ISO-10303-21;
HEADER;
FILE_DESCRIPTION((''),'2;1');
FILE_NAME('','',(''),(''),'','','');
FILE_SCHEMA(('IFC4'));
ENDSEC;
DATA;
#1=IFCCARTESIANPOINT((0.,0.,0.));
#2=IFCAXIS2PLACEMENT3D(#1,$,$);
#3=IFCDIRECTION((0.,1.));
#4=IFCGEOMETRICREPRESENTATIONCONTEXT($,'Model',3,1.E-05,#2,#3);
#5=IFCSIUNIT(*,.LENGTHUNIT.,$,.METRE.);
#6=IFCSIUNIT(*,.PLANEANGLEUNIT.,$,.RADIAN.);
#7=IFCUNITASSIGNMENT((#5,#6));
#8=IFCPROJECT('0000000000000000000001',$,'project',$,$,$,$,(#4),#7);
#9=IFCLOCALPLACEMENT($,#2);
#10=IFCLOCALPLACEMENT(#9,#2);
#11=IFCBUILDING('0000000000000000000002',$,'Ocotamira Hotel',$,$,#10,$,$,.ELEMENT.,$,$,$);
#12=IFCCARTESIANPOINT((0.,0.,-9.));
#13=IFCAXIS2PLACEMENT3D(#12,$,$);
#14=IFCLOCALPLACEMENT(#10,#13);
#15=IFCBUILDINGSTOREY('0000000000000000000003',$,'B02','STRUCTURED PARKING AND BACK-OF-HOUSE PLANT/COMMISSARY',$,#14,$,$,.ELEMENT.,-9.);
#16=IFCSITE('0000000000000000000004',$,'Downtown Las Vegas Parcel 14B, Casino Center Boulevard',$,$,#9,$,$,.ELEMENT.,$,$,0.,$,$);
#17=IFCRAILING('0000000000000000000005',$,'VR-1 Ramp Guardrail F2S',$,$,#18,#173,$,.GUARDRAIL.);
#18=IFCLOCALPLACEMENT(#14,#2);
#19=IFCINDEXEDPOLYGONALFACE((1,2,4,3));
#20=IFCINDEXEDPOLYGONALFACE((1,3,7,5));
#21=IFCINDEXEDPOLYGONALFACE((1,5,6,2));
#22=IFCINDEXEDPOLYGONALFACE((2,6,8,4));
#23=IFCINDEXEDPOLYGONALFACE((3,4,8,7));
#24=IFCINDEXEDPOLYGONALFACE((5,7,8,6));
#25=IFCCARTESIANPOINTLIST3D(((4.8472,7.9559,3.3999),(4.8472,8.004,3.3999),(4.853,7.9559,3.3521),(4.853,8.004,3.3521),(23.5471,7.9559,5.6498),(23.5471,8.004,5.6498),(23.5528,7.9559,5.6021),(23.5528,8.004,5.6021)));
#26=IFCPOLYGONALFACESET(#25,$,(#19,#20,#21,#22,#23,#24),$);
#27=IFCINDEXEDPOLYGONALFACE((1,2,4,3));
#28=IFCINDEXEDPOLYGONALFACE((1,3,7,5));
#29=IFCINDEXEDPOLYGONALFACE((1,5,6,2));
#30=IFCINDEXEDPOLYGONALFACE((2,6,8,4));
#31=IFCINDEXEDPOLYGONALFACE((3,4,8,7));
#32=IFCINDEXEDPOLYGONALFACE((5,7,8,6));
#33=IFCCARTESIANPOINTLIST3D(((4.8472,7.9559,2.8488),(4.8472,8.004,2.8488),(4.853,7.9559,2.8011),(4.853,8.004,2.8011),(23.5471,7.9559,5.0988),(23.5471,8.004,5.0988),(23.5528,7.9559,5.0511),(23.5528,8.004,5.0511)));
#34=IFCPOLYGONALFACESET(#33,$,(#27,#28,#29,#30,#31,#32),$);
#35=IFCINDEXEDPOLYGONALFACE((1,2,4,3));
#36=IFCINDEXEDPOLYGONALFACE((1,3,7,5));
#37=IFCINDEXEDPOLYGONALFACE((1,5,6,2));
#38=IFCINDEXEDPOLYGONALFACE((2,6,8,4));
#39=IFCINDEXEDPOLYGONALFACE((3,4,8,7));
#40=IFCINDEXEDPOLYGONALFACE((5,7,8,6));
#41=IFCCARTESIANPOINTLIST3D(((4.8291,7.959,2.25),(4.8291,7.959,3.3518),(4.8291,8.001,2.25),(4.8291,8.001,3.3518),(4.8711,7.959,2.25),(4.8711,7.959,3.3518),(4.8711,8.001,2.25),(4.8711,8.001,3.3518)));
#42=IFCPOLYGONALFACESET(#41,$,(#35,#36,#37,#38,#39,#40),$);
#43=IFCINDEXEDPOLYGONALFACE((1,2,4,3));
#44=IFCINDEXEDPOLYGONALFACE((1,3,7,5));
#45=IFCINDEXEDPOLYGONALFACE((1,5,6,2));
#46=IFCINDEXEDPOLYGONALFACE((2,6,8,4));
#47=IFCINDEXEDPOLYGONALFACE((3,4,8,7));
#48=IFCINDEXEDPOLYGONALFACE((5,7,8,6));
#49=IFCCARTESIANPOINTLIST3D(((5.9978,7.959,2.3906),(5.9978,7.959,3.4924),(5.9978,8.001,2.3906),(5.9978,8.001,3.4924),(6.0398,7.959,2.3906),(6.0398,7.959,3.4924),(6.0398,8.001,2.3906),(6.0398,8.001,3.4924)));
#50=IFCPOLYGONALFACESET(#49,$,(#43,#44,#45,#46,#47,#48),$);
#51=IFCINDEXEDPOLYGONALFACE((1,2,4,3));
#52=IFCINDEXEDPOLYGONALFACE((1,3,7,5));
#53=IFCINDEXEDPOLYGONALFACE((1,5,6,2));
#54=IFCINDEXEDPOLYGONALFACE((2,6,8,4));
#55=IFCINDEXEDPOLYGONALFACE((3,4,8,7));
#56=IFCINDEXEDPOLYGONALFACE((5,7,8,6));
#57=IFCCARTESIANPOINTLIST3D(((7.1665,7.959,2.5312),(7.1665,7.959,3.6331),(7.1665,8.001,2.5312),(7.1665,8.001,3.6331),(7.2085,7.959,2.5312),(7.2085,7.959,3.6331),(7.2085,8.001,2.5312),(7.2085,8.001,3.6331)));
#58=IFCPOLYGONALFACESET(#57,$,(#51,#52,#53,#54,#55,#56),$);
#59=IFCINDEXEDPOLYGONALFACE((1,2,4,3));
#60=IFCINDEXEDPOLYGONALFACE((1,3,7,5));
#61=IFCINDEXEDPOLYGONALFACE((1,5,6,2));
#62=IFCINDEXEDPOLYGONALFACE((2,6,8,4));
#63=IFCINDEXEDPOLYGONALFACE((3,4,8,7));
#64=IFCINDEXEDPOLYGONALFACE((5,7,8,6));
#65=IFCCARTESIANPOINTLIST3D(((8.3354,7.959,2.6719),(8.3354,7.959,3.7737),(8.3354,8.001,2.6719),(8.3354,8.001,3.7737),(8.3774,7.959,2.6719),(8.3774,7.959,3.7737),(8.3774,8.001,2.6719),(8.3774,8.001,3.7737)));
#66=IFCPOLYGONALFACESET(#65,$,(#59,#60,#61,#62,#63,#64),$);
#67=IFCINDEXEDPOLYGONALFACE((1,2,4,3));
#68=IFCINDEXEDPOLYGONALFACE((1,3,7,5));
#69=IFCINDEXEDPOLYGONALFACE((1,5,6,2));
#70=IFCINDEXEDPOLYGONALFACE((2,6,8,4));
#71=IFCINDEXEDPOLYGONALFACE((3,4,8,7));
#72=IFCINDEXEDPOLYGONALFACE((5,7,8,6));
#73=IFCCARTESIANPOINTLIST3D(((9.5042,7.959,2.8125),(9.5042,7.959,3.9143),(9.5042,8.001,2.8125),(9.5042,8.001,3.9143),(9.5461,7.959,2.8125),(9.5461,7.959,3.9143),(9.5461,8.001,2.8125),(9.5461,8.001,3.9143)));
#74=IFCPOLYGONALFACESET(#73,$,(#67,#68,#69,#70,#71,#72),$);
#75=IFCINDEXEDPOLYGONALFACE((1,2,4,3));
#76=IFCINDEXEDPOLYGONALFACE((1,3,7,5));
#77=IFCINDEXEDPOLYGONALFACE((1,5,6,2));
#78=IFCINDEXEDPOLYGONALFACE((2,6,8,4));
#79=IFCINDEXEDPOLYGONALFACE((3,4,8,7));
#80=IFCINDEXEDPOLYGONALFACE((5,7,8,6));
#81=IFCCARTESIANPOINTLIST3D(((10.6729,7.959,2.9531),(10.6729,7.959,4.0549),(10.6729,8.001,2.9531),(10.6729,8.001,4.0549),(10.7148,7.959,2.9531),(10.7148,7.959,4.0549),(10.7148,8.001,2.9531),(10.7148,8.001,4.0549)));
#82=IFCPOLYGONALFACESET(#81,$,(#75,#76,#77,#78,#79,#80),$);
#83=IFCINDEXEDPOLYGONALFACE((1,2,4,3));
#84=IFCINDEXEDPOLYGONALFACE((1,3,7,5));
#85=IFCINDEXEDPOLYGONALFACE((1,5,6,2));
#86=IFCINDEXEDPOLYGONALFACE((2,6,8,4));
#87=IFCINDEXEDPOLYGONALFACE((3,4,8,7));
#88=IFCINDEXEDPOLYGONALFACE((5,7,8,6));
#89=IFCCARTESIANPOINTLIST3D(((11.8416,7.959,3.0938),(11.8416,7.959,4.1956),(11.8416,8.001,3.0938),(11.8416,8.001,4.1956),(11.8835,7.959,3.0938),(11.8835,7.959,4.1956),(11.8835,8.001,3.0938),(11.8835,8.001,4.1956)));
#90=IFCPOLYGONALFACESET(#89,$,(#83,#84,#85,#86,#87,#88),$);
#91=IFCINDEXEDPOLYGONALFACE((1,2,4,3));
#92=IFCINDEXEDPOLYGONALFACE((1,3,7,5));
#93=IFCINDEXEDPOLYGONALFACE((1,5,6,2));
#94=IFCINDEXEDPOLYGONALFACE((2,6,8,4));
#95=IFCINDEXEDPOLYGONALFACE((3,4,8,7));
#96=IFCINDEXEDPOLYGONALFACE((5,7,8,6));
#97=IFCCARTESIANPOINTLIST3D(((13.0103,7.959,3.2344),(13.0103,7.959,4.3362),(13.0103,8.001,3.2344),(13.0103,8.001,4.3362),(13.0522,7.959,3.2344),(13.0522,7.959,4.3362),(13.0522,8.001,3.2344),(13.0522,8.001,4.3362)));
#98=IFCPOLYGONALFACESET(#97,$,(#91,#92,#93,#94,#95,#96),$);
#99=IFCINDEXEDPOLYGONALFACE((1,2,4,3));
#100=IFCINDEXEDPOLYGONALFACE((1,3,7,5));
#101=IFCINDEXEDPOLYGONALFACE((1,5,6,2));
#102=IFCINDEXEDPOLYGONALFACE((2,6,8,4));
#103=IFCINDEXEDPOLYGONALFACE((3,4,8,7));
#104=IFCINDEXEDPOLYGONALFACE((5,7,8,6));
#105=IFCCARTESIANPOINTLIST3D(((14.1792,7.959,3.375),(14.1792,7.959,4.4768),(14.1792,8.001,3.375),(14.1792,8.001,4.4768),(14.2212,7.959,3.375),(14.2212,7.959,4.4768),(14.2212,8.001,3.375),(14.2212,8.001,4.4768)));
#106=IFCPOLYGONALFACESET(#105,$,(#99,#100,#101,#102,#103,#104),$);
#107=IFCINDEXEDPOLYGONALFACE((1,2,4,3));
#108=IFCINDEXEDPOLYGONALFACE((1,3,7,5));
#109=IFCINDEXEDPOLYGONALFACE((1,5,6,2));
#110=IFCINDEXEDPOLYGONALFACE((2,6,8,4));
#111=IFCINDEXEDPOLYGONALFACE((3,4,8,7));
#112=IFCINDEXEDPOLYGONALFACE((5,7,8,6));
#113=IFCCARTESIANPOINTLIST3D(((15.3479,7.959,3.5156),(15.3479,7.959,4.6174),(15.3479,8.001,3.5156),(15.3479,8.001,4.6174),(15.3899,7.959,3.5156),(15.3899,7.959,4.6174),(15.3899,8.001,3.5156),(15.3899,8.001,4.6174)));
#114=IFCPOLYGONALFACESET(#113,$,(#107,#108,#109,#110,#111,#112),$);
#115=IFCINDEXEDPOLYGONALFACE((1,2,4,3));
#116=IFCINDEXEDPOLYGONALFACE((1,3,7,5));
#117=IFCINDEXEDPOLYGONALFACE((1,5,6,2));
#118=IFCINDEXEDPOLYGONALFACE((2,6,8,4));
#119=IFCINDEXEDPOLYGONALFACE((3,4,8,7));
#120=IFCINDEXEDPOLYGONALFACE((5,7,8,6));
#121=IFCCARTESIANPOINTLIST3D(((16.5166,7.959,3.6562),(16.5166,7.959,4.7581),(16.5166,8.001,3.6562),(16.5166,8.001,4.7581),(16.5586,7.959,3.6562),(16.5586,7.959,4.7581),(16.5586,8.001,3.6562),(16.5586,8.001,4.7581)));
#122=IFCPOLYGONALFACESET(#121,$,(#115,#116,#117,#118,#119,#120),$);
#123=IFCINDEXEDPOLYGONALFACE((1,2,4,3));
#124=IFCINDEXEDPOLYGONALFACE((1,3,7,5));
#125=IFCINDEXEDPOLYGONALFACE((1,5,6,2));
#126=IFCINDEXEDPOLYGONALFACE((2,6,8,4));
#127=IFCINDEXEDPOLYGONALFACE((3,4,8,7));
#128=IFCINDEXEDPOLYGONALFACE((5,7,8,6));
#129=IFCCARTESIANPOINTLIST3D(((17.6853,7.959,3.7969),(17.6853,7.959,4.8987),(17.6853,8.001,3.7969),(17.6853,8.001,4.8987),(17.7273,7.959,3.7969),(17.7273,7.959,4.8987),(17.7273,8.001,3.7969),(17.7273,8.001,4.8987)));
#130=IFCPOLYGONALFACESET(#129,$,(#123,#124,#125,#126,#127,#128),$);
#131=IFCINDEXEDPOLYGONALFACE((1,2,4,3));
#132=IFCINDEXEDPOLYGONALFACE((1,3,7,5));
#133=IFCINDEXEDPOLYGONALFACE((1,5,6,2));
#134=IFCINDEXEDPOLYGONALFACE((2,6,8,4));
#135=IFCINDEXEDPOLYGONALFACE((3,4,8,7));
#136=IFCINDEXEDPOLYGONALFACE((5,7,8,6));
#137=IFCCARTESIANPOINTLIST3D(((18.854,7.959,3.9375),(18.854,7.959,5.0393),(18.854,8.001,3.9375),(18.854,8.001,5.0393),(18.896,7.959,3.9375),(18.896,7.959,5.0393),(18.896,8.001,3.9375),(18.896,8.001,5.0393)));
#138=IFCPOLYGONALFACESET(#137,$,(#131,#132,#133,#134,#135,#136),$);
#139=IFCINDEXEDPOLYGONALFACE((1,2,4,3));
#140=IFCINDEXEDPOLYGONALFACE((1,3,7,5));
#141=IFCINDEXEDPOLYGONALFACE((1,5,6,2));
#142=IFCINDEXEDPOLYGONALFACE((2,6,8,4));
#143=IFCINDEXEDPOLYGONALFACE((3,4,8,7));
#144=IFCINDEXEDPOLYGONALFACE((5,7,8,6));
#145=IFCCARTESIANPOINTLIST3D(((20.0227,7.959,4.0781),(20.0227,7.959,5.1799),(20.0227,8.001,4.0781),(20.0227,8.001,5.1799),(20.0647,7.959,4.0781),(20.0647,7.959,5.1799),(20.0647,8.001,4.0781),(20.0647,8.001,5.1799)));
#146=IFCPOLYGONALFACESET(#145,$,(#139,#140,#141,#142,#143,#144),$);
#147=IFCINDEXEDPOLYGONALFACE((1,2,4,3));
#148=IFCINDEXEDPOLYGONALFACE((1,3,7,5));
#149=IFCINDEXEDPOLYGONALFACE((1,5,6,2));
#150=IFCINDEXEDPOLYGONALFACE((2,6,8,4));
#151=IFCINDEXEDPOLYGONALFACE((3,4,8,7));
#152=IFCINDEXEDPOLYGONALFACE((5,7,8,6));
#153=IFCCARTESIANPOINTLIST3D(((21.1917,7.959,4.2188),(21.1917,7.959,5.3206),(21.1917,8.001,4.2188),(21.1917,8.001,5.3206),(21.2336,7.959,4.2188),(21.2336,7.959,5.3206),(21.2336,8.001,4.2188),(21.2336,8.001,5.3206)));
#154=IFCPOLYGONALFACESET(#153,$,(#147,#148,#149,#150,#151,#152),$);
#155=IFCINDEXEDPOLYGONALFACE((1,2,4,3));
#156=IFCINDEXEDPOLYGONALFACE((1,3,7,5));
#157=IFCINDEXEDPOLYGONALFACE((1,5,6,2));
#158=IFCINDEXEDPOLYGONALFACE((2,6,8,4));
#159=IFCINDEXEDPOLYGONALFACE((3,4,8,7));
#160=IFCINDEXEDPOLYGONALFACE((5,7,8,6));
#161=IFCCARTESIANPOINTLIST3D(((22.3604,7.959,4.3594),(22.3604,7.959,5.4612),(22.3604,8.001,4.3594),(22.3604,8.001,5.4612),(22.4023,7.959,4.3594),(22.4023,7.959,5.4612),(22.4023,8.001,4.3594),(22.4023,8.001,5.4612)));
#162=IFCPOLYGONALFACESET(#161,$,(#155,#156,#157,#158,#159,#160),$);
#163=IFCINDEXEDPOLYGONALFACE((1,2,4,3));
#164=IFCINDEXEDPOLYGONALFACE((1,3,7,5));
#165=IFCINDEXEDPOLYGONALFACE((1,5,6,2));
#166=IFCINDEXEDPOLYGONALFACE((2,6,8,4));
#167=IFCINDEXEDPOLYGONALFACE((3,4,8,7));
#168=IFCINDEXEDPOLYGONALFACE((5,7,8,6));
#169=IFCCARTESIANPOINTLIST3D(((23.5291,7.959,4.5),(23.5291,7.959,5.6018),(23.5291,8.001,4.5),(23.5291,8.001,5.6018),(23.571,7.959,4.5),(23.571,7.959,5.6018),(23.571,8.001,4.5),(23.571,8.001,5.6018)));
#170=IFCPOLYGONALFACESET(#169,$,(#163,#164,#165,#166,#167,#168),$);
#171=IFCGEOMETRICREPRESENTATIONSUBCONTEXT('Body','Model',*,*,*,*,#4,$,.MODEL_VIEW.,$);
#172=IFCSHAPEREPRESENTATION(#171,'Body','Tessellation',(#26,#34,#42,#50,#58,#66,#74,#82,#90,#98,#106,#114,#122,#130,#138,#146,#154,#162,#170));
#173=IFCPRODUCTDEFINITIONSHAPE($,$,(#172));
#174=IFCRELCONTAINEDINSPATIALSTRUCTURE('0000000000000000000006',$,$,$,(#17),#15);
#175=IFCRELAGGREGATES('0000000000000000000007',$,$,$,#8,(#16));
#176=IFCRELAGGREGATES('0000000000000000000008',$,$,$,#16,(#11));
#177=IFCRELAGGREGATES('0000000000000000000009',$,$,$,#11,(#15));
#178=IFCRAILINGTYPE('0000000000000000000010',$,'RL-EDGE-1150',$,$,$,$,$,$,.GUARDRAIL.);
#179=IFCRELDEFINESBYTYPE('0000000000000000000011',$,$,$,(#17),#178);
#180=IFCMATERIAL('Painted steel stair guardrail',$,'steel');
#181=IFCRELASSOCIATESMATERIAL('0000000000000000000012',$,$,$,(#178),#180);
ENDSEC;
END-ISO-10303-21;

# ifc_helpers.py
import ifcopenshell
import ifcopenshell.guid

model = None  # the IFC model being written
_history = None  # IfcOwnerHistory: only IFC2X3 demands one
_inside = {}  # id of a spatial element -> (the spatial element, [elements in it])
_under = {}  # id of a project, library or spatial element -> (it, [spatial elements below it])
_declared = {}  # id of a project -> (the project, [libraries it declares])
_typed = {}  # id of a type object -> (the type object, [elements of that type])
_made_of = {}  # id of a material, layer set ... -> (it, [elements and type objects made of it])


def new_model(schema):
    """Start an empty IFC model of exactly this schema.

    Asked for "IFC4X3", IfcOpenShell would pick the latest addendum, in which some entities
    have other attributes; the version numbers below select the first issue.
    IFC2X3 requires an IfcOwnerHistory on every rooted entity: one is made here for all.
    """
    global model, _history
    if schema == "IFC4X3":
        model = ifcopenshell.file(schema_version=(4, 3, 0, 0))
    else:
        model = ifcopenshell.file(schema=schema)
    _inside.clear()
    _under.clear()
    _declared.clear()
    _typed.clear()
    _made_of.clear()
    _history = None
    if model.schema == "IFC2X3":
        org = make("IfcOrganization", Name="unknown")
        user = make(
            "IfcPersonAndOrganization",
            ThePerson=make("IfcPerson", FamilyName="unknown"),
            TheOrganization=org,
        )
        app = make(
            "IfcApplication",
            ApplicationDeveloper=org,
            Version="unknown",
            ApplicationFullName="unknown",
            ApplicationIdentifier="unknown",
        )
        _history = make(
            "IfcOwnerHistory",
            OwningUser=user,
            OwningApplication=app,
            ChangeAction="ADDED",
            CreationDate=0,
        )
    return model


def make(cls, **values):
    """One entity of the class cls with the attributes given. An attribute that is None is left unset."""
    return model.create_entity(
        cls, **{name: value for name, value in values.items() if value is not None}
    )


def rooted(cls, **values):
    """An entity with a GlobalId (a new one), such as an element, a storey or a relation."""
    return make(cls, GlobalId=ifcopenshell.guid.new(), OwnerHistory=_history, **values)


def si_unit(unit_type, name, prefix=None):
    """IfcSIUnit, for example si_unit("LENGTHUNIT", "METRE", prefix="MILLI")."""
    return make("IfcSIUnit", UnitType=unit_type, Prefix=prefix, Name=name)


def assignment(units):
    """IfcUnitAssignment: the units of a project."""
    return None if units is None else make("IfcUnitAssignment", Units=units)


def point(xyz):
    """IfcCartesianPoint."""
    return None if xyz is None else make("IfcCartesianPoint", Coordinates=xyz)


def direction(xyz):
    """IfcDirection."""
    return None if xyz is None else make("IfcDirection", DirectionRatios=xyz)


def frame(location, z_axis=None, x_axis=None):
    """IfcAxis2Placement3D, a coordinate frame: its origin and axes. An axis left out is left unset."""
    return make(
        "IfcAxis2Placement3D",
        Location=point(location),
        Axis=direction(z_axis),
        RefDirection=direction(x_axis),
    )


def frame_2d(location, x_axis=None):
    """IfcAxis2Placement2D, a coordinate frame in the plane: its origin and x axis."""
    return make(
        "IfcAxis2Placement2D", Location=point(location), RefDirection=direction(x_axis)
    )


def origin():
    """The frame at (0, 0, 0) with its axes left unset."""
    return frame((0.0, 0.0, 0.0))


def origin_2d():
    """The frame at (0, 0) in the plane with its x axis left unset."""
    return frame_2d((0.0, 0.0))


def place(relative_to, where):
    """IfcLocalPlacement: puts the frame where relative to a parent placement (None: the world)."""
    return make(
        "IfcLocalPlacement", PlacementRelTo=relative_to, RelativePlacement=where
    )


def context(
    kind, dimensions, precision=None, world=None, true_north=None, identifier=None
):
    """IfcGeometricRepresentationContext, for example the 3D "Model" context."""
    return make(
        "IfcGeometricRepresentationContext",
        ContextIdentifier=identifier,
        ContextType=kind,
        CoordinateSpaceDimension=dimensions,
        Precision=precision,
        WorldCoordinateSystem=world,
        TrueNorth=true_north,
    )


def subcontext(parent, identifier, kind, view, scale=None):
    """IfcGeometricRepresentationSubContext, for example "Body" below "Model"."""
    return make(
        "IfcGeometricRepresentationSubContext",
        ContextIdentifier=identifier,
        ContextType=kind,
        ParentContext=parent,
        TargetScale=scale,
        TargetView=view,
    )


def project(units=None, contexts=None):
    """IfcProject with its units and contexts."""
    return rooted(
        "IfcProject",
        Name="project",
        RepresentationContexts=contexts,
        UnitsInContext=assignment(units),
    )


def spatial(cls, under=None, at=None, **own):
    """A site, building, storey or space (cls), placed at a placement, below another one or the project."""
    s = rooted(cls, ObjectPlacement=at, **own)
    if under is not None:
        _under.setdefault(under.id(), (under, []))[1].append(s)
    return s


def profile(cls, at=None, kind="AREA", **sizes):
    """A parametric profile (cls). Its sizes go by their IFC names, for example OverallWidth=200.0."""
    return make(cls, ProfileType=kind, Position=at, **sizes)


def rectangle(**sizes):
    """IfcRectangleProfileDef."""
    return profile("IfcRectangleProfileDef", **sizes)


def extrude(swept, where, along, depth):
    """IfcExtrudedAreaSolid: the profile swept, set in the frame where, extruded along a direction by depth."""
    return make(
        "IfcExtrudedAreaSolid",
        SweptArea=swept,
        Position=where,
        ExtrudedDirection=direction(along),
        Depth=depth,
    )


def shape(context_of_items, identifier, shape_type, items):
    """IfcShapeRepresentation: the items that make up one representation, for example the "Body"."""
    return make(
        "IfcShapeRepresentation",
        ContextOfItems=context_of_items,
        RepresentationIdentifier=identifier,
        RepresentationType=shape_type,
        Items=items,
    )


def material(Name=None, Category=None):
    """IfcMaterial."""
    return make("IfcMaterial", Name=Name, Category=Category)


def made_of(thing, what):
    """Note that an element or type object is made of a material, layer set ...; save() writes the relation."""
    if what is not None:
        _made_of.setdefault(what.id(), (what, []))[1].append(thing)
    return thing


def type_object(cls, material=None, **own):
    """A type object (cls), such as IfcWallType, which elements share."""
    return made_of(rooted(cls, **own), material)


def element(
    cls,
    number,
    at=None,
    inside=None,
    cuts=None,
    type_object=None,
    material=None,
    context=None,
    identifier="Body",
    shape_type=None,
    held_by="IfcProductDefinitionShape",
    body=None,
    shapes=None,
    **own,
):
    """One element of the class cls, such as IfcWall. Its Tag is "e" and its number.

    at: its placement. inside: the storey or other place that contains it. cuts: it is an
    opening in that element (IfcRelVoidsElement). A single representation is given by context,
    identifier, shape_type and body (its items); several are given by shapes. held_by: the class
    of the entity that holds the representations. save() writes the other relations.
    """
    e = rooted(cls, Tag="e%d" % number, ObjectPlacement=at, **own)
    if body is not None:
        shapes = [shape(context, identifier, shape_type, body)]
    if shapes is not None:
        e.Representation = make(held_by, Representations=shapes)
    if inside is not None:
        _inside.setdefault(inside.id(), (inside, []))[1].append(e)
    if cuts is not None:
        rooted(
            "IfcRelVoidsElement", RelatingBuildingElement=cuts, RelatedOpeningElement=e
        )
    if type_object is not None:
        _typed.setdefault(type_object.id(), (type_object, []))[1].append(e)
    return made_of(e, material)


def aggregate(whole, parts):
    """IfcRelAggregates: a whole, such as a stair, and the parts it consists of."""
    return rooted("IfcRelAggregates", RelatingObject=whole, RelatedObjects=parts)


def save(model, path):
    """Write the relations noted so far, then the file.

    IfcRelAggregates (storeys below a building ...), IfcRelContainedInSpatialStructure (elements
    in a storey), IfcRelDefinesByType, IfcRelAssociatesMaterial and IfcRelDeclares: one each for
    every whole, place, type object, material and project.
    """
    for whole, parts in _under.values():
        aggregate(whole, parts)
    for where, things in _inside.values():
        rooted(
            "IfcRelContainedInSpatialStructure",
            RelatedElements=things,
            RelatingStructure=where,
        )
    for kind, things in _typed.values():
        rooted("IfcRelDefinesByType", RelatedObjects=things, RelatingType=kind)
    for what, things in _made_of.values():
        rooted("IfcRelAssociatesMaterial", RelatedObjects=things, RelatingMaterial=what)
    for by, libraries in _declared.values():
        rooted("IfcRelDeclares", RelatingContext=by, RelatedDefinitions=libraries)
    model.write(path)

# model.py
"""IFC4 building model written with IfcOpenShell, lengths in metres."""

from ifc_helpers import new_model, si_unit, direction, frame, origin, origin_2d, place, context, subcontext, project, spatial, rectangle, extrude, material, type_object, element, save


model = new_model("IFC4")

# Units and contexts
model_context = context("Model", 3, precision=1e-05, world=origin(), true_north=direction((0.0, 1.0)))
body_context = subcontext(model_context, "Body", "Model", "MODEL_VIEW")
ifc_project = project(units=[si_unit("LENGTHUNIT", "METRE"), si_unit("PLANEANGLEUNIT", "RADIAN")], contexts=[model_context])

# Site, building, storey
site_placement = place(None, origin())
site = spatial("IfcSite", under=ifc_project, at=site_placement, Name="Downtown Las Vegas Parcel 14B, Casino Center Boulevard", CompositionType="ELEMENT", RefElevation=0.0)
building_placement = place(site_placement, origin())
building = spatial("IfcBuilding", under=site, at=building_placement, Name="Ocotamira Hotel", CompositionType="ELEMENT")
storey_placement = place(building_placement, frame((0.0, 0.0, -9.0)))
storey = spatial("IfcBuildingStorey", under=building, at=storey_placement, Name="B02", Description="STRUCTURED PARKING AND BACK-OF-HOUSE PLANT/COMMISSARY", CompositionType="ELEMENT", Elevation=-9.0)

# Railing
ifc_material_1 = material(Name="Painted steel stair guardrail", Category="steel")
railing_type = type_object("IfcRailingType", Name="RL-EDGE-1150", PredefinedType="GUARDRAIL", material=ifc_material_1)
railing_1_placement = place(storey_placement, frame((4.8501, 7.98, 2.25)))
element("IfcRailing", 1, at=railing_1_placement, inside=storey, type_object=railing_type, Name="VR-1 Ramp Guardrail F2S", PredefinedType="GUARDRAIL", context=body_context, shape_type="SweptSolid", body=[
    extrude(rectangle(XDim=0.0481, YDim=0.0481, at=origin_2d()), frame((0.0, 0.0, 1.126), z_axis=(0.992839, 0.0, 0.11946), x_axis=(0.0, 1.0, 0.0)), (0.0, 0.0, 1.0), 18.8347),
    extrude(rectangle(XDim=0.0481, YDim=0.0481, at=origin_2d()), frame((0.0, 0.0, 0.575), z_axis=(0.992839, 0.0, 0.11946), x_axis=(0.0, 1.0, 0.0)), (0.0, 0.0, 1.0), 18.8347),
    extrude(rectangle(XDim=0.042, YDim=0.042, at=origin_2d()), origin(), (0.0, 0.0, 1.0), 1.1018),
    extrude(rectangle(XDim=0.042, YDim=0.042, at=origin_2d()), frame((1.1687, 0.0, 0.1406)), (0.0, 0.0, 1.0), 1.1018),
    extrude(rectangle(XDim=0.042, YDim=0.042, at=origin_2d()), frame((2.3374, 0.0, 0.2812)), (0.0, 0.0, 1.0), 1.1018),
    extrude(rectangle(XDim=0.042, YDim=0.042, at=origin_2d()), frame((3.5063, 0.0, 0.4219)), (0.0, 0.0, 1.0), 1.1018),
    extrude(rectangle(XDim=0.042, YDim=0.042, at=origin_2d()), frame((4.675, 0.0, 0.5625)), (0.0, 0.0, 1.0), 1.1018),
    extrude(rectangle(XDim=0.042, YDim=0.042, at=origin_2d()), frame((5.8438, 0.0, 0.7031)), (0.0, 0.0, 1.0), 1.1018),
    extrude(rectangle(XDim=0.042, YDim=0.042, at=origin_2d()), frame((7.0125, 0.0, 0.8438)), (0.0, 0.0, 1.0), 1.1018),
    extrude(rectangle(XDim=0.042, YDim=0.042, at=origin_2d()), frame((8.1812, 0.0, 0.9844)), (0.0, 0.0, 1.0), 1.1018),
    extrude(rectangle(XDim=0.042, YDim=0.042, at=origin_2d()), frame((9.3501, 0.0, 1.125)), (0.0, 0.0, 1.0), 1.1018),
    extrude(rectangle(XDim=0.042, YDim=0.042, at=origin_2d()), frame((10.5188, 0.0, 1.2656)), (0.0, 0.0, 1.0), 1.1018),
    extrude(rectangle(XDim=0.042, YDim=0.042, at=origin_2d()), frame((11.6875, 0.0, 1.4062)), (0.0, 0.0, 1.0), 1.1018),
    extrude(rectangle(XDim=0.042, YDim=0.042, at=origin_2d()), frame((12.8562, 0.0, 1.5469)), (0.0, 0.0, 1.0), 1.1018),
    extrude(rectangle(XDim=0.042, YDim=0.042, at=origin_2d()), frame((14.0249, 0.0, 1.6875)), (0.0, 0.0, 1.0), 1.1018),
    extrude(rectangle(XDim=0.042, YDim=0.042, at=origin_2d()), frame((15.1936, 0.0, 1.8281)), (0.0, 0.0, 1.0), 1.1018),
    extrude(rectangle(XDim=0.042, YDim=0.042, at=origin_2d()), frame((16.3625, 0.0, 1.9688)), (0.0, 0.0, 1.0), 1.1018),
    extrude(rectangle(XDim=0.042, YDim=0.042, at=origin_2d()), frame((17.5312, 0.0, 2.1094)), (0.0, 0.0, 1.0), 1.1018),
    extrude(rectangle(XDim=0.042, YDim=0.042, at=origin_2d()), frame((18.7, 0.0, 2.25)), (0.0, 0.0, 1.0), 1.1018),
])

save(model, "model.ifc")
